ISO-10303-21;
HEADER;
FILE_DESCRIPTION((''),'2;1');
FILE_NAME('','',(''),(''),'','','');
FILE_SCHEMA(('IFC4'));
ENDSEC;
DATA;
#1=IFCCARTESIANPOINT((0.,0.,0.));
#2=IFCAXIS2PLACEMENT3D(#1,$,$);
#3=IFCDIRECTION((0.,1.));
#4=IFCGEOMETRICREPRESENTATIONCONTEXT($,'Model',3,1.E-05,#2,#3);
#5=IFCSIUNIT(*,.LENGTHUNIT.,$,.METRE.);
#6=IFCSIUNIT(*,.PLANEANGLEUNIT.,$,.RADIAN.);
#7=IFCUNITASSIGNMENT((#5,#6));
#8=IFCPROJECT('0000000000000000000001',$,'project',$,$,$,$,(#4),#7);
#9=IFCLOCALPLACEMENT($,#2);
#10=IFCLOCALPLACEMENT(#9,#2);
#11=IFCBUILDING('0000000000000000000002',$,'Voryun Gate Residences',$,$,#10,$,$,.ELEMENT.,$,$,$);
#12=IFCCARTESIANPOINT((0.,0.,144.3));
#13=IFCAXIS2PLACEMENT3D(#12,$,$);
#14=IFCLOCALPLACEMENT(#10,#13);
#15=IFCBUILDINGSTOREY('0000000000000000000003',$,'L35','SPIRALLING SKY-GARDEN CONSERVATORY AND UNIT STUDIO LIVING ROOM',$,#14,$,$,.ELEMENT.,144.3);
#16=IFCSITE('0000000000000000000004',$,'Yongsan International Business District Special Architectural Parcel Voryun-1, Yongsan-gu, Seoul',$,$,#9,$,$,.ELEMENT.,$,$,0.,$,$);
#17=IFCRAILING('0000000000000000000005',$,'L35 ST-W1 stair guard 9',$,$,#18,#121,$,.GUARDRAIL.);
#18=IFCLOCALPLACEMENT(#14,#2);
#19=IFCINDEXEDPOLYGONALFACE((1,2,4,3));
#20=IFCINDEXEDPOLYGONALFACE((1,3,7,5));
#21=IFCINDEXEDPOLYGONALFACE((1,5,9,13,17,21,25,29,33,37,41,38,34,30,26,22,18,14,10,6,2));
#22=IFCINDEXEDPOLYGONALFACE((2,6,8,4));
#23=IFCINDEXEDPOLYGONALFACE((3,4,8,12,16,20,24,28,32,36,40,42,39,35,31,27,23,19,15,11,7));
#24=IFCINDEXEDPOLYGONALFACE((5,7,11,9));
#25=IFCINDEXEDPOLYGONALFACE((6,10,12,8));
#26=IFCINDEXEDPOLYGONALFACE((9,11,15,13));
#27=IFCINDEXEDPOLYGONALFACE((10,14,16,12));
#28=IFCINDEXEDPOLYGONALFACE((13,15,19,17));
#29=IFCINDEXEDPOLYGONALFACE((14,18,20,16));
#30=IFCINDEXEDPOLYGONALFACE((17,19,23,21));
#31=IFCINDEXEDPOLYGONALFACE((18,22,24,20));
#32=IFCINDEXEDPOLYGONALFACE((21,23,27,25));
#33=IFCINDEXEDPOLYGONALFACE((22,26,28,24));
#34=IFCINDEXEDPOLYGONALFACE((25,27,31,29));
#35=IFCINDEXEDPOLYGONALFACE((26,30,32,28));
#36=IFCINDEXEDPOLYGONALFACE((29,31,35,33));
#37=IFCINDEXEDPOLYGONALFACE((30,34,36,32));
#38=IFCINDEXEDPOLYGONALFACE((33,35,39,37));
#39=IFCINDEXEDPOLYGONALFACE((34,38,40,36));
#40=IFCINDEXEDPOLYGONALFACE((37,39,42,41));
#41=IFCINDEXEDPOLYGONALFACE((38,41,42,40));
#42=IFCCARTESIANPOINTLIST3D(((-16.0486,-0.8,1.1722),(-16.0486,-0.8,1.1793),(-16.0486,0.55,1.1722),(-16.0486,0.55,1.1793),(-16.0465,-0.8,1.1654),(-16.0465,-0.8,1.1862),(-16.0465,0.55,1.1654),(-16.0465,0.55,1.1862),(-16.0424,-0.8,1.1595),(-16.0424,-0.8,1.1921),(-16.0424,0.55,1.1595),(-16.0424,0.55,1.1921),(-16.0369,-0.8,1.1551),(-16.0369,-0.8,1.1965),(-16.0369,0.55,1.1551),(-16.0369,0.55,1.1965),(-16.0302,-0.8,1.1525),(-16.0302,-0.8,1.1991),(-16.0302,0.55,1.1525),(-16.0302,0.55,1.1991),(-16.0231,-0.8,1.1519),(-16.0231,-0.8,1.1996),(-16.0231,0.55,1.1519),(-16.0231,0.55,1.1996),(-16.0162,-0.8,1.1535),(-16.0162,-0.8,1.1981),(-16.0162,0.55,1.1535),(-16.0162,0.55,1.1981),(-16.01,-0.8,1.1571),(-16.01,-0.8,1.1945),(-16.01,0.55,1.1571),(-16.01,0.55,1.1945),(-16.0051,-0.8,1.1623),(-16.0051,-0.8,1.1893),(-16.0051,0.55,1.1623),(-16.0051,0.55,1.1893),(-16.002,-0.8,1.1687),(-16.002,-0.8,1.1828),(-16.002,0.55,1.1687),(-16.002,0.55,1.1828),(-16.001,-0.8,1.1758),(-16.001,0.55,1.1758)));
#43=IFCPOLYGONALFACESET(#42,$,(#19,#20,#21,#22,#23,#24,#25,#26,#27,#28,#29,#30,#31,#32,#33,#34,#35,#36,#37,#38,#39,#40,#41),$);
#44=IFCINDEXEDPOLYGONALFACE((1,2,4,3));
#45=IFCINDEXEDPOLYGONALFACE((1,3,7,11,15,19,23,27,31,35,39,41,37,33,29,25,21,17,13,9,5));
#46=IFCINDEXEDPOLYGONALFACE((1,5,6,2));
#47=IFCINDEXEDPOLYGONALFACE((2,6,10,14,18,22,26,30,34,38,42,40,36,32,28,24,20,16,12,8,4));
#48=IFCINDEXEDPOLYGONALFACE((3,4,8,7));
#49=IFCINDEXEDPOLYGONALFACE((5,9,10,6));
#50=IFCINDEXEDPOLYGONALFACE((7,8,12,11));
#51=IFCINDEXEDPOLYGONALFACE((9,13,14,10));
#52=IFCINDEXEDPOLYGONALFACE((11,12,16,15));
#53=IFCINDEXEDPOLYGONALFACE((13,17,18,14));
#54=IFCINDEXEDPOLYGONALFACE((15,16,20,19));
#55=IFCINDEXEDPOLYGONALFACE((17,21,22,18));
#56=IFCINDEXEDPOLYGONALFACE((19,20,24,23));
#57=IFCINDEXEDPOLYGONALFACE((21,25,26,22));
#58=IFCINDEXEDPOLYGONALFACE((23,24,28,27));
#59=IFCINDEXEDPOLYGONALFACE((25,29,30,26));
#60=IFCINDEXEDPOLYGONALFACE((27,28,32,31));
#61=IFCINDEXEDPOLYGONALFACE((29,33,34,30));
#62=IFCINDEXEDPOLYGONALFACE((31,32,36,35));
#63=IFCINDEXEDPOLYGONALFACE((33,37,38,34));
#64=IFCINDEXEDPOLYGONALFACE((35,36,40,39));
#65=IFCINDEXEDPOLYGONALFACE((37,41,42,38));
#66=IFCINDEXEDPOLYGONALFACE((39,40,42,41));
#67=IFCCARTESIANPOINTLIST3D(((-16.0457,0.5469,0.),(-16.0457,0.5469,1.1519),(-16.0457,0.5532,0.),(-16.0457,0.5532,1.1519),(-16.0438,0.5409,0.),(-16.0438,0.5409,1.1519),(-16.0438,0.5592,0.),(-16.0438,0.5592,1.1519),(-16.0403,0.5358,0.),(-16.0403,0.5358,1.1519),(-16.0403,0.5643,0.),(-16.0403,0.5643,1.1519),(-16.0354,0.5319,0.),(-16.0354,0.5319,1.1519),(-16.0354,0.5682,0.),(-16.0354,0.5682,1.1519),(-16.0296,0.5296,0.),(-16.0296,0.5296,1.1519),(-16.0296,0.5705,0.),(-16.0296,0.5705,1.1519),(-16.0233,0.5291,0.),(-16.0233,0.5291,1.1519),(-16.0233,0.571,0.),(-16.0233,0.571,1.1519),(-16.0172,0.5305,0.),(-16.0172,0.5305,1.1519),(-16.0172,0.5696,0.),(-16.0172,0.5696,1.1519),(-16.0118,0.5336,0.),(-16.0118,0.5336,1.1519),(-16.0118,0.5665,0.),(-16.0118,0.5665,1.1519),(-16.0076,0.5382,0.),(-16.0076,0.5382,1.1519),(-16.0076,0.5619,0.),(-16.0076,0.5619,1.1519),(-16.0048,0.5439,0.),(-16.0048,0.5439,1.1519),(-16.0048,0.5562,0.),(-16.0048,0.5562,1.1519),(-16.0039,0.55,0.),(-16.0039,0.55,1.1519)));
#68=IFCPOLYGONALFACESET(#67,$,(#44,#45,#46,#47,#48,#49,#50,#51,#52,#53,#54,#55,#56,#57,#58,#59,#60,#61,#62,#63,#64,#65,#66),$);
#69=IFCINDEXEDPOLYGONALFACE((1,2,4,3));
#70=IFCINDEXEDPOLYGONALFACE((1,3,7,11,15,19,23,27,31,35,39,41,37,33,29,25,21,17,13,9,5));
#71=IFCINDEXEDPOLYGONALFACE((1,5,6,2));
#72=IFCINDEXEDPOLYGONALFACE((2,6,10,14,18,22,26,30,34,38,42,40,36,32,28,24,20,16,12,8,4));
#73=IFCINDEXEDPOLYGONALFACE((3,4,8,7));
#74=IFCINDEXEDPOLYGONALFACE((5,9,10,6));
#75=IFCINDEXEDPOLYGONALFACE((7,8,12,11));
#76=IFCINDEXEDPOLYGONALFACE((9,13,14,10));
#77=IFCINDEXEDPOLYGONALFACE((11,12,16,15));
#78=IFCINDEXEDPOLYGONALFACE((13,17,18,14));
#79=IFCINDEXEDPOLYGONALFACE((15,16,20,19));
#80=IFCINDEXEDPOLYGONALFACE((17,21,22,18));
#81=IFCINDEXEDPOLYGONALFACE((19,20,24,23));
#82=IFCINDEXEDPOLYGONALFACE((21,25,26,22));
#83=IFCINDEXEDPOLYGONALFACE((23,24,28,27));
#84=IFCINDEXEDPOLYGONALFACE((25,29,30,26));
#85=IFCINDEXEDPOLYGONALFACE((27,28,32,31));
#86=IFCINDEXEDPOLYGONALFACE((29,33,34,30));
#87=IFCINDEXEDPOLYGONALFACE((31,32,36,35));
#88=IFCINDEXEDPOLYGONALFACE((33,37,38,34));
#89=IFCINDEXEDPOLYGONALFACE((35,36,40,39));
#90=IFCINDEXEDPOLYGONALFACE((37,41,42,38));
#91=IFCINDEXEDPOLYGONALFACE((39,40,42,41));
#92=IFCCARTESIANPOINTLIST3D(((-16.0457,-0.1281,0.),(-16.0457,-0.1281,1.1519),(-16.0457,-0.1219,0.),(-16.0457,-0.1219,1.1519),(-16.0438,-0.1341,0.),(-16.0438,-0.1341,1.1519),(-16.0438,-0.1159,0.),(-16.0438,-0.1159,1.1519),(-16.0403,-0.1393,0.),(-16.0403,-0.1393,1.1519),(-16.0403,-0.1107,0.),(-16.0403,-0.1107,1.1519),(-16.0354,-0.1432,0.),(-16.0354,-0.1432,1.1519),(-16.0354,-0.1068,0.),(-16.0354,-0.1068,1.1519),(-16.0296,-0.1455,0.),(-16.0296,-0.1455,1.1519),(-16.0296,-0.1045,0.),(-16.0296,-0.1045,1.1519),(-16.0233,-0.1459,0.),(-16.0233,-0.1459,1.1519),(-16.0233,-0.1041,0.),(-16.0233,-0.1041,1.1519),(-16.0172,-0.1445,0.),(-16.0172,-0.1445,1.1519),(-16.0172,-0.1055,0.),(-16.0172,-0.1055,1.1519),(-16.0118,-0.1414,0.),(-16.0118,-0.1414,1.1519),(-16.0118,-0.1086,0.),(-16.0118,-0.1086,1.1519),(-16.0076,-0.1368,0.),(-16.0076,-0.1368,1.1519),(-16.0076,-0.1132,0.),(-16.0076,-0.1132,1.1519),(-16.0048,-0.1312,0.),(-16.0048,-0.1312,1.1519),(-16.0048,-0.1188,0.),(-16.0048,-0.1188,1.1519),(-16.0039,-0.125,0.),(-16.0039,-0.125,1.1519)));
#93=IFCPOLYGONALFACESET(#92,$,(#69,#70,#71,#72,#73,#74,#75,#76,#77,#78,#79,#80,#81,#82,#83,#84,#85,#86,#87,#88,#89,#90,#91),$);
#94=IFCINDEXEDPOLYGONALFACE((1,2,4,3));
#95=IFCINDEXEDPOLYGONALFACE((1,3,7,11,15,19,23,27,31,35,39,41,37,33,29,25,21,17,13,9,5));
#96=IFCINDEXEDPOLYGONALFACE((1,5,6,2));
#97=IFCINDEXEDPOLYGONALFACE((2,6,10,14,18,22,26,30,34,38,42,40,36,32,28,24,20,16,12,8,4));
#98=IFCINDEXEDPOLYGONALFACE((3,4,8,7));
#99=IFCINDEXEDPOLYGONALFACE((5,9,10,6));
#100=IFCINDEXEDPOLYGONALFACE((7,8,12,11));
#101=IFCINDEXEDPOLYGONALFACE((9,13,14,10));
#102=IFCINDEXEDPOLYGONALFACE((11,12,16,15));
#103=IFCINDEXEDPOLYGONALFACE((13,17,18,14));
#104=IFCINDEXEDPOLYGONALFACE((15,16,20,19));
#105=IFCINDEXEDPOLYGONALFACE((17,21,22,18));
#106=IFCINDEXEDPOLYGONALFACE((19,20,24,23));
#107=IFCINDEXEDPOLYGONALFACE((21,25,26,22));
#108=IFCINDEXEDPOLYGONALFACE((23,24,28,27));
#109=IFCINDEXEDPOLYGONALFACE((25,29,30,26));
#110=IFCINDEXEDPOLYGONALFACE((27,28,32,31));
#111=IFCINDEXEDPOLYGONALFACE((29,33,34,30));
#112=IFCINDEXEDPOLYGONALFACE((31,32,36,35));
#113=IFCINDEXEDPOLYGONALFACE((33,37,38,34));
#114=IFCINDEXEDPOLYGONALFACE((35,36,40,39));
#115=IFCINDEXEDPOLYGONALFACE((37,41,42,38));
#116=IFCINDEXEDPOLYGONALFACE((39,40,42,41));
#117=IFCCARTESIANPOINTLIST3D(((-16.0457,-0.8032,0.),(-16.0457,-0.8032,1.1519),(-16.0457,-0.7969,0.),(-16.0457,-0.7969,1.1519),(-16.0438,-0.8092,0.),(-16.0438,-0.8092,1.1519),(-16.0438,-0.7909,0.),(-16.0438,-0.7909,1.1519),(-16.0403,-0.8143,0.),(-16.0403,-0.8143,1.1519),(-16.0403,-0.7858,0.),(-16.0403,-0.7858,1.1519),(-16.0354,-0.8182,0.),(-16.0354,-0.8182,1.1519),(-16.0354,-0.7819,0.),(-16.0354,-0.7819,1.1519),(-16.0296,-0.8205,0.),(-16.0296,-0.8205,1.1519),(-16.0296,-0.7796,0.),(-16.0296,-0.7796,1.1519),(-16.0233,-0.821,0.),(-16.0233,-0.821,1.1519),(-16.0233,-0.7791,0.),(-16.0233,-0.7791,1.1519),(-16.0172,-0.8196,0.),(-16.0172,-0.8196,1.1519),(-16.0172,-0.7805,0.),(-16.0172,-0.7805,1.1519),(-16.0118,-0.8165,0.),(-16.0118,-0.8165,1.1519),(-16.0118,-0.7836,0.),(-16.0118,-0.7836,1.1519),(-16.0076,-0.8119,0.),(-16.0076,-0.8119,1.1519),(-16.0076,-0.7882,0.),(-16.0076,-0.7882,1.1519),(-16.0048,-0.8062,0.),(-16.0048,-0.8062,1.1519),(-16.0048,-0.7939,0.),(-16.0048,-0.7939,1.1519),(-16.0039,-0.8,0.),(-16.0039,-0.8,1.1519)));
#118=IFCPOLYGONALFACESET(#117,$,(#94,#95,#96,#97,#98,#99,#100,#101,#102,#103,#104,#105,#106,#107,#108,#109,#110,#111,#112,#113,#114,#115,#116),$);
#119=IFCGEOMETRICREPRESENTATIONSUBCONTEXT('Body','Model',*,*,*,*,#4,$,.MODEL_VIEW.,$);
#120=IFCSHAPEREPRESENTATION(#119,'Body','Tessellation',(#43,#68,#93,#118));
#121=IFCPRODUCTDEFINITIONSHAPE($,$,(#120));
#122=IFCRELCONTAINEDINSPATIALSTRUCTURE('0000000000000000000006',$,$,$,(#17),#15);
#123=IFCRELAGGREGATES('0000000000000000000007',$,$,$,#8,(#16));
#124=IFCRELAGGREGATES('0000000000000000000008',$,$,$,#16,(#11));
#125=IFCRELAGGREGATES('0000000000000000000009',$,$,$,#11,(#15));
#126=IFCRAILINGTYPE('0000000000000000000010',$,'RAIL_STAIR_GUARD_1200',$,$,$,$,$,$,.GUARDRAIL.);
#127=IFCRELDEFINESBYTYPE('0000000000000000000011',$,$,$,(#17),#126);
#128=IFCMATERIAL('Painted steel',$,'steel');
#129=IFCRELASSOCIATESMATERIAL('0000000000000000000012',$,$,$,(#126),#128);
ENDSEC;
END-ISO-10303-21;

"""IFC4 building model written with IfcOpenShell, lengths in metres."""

from ifc_helpers import new_model, si_unit, direction, frame, origin, origin_2d, place, context, subcontext, project, spatial, circle, extrude, material, type_object, element, save


model = new_model("IFC4")

# Units and contexts
model_context = context("Model", 3, precision=1e-05, world=origin(), true_north=direction((0.0, 1.0)))
body_context = subcontext(model_context, "Body", "Model", "MODEL_VIEW")
ifc_project = project(units=[si_unit("LENGTHUNIT", "METRE"), si_unit("PLANEANGLEUNIT", "RADIAN")], contexts=[model_context])

# Site, building, storey
site_placement = place(None, origin())
site = spatial("IfcSite", under=ifc_project, at=site_placement, Name="Yongsan International Business District Special Architectural Parcel Voryun-1, Yongsan-gu, Seoul", CompositionType="ELEMENT", RefElevation=0.0)
building_placement = place(site_placement, origin())
building = spatial("IfcBuilding", under=site, at=building_placement, Name="Voryun Gate Residences", CompositionType="ELEMENT")
storey_placement = place(building_placement, frame((0.0, 0.0, 144.3)))
storey = spatial("IfcBuildingStorey", under=building, at=storey_placement, Name="L35", Description="SPIRALLING SKY-GARDEN CONSERVATORY AND UNIT STUDIO LIVING ROOM", CompositionType="ELEMENT", Elevation=144.3)

# Railing
ifc_material_1 = material(Name="Painted steel", Category="steel")
railing_type_1 = type_object("IfcRailingType", Name="RAIL_STAIR_GUARD_1200", PredefinedType="GUARDRAIL", material=ifc_material_1)
for number, where, name in (
    (1, (-16.0249, 0.55, 0.0), "L35 ST-W1 stair guard 9"),
):
    element("IfcRailing", number, at=place(storey_placement, frame(where)), inside=storey, type_object=railing_type_1, Name=name, PredefinedType="GUARDRAIL", context=body_context, shape_type="SweptSolid", body=[
        extrude(circle(Radius=0.0239, at=origin_2d()), frame((0.0, 0.0, 1.1758), z_axis=(0.0, -1.0, 0.0), x_axis=(1.0, 0.0, 0.0)), (0.0, 0.0, 1.0), 1.3501),
        extrude(circle(Radius=0.021, at=origin_2d()), origin(), (0.0, 0.0, 1.0), 1.1519),
        extrude(circle(Radius=0.021, at=origin_2d()), frame((0.0, -0.675, 0.0)), (0.0, 0.0, 1.0), 1.1519),
        extrude(circle(Radius=0.021, at=origin_2d()), frame((0.0, -1.3501, 0.0)), (0.0, 0.0, 1.0), 1.1519),
    ])

save(model, "model.ifc")
